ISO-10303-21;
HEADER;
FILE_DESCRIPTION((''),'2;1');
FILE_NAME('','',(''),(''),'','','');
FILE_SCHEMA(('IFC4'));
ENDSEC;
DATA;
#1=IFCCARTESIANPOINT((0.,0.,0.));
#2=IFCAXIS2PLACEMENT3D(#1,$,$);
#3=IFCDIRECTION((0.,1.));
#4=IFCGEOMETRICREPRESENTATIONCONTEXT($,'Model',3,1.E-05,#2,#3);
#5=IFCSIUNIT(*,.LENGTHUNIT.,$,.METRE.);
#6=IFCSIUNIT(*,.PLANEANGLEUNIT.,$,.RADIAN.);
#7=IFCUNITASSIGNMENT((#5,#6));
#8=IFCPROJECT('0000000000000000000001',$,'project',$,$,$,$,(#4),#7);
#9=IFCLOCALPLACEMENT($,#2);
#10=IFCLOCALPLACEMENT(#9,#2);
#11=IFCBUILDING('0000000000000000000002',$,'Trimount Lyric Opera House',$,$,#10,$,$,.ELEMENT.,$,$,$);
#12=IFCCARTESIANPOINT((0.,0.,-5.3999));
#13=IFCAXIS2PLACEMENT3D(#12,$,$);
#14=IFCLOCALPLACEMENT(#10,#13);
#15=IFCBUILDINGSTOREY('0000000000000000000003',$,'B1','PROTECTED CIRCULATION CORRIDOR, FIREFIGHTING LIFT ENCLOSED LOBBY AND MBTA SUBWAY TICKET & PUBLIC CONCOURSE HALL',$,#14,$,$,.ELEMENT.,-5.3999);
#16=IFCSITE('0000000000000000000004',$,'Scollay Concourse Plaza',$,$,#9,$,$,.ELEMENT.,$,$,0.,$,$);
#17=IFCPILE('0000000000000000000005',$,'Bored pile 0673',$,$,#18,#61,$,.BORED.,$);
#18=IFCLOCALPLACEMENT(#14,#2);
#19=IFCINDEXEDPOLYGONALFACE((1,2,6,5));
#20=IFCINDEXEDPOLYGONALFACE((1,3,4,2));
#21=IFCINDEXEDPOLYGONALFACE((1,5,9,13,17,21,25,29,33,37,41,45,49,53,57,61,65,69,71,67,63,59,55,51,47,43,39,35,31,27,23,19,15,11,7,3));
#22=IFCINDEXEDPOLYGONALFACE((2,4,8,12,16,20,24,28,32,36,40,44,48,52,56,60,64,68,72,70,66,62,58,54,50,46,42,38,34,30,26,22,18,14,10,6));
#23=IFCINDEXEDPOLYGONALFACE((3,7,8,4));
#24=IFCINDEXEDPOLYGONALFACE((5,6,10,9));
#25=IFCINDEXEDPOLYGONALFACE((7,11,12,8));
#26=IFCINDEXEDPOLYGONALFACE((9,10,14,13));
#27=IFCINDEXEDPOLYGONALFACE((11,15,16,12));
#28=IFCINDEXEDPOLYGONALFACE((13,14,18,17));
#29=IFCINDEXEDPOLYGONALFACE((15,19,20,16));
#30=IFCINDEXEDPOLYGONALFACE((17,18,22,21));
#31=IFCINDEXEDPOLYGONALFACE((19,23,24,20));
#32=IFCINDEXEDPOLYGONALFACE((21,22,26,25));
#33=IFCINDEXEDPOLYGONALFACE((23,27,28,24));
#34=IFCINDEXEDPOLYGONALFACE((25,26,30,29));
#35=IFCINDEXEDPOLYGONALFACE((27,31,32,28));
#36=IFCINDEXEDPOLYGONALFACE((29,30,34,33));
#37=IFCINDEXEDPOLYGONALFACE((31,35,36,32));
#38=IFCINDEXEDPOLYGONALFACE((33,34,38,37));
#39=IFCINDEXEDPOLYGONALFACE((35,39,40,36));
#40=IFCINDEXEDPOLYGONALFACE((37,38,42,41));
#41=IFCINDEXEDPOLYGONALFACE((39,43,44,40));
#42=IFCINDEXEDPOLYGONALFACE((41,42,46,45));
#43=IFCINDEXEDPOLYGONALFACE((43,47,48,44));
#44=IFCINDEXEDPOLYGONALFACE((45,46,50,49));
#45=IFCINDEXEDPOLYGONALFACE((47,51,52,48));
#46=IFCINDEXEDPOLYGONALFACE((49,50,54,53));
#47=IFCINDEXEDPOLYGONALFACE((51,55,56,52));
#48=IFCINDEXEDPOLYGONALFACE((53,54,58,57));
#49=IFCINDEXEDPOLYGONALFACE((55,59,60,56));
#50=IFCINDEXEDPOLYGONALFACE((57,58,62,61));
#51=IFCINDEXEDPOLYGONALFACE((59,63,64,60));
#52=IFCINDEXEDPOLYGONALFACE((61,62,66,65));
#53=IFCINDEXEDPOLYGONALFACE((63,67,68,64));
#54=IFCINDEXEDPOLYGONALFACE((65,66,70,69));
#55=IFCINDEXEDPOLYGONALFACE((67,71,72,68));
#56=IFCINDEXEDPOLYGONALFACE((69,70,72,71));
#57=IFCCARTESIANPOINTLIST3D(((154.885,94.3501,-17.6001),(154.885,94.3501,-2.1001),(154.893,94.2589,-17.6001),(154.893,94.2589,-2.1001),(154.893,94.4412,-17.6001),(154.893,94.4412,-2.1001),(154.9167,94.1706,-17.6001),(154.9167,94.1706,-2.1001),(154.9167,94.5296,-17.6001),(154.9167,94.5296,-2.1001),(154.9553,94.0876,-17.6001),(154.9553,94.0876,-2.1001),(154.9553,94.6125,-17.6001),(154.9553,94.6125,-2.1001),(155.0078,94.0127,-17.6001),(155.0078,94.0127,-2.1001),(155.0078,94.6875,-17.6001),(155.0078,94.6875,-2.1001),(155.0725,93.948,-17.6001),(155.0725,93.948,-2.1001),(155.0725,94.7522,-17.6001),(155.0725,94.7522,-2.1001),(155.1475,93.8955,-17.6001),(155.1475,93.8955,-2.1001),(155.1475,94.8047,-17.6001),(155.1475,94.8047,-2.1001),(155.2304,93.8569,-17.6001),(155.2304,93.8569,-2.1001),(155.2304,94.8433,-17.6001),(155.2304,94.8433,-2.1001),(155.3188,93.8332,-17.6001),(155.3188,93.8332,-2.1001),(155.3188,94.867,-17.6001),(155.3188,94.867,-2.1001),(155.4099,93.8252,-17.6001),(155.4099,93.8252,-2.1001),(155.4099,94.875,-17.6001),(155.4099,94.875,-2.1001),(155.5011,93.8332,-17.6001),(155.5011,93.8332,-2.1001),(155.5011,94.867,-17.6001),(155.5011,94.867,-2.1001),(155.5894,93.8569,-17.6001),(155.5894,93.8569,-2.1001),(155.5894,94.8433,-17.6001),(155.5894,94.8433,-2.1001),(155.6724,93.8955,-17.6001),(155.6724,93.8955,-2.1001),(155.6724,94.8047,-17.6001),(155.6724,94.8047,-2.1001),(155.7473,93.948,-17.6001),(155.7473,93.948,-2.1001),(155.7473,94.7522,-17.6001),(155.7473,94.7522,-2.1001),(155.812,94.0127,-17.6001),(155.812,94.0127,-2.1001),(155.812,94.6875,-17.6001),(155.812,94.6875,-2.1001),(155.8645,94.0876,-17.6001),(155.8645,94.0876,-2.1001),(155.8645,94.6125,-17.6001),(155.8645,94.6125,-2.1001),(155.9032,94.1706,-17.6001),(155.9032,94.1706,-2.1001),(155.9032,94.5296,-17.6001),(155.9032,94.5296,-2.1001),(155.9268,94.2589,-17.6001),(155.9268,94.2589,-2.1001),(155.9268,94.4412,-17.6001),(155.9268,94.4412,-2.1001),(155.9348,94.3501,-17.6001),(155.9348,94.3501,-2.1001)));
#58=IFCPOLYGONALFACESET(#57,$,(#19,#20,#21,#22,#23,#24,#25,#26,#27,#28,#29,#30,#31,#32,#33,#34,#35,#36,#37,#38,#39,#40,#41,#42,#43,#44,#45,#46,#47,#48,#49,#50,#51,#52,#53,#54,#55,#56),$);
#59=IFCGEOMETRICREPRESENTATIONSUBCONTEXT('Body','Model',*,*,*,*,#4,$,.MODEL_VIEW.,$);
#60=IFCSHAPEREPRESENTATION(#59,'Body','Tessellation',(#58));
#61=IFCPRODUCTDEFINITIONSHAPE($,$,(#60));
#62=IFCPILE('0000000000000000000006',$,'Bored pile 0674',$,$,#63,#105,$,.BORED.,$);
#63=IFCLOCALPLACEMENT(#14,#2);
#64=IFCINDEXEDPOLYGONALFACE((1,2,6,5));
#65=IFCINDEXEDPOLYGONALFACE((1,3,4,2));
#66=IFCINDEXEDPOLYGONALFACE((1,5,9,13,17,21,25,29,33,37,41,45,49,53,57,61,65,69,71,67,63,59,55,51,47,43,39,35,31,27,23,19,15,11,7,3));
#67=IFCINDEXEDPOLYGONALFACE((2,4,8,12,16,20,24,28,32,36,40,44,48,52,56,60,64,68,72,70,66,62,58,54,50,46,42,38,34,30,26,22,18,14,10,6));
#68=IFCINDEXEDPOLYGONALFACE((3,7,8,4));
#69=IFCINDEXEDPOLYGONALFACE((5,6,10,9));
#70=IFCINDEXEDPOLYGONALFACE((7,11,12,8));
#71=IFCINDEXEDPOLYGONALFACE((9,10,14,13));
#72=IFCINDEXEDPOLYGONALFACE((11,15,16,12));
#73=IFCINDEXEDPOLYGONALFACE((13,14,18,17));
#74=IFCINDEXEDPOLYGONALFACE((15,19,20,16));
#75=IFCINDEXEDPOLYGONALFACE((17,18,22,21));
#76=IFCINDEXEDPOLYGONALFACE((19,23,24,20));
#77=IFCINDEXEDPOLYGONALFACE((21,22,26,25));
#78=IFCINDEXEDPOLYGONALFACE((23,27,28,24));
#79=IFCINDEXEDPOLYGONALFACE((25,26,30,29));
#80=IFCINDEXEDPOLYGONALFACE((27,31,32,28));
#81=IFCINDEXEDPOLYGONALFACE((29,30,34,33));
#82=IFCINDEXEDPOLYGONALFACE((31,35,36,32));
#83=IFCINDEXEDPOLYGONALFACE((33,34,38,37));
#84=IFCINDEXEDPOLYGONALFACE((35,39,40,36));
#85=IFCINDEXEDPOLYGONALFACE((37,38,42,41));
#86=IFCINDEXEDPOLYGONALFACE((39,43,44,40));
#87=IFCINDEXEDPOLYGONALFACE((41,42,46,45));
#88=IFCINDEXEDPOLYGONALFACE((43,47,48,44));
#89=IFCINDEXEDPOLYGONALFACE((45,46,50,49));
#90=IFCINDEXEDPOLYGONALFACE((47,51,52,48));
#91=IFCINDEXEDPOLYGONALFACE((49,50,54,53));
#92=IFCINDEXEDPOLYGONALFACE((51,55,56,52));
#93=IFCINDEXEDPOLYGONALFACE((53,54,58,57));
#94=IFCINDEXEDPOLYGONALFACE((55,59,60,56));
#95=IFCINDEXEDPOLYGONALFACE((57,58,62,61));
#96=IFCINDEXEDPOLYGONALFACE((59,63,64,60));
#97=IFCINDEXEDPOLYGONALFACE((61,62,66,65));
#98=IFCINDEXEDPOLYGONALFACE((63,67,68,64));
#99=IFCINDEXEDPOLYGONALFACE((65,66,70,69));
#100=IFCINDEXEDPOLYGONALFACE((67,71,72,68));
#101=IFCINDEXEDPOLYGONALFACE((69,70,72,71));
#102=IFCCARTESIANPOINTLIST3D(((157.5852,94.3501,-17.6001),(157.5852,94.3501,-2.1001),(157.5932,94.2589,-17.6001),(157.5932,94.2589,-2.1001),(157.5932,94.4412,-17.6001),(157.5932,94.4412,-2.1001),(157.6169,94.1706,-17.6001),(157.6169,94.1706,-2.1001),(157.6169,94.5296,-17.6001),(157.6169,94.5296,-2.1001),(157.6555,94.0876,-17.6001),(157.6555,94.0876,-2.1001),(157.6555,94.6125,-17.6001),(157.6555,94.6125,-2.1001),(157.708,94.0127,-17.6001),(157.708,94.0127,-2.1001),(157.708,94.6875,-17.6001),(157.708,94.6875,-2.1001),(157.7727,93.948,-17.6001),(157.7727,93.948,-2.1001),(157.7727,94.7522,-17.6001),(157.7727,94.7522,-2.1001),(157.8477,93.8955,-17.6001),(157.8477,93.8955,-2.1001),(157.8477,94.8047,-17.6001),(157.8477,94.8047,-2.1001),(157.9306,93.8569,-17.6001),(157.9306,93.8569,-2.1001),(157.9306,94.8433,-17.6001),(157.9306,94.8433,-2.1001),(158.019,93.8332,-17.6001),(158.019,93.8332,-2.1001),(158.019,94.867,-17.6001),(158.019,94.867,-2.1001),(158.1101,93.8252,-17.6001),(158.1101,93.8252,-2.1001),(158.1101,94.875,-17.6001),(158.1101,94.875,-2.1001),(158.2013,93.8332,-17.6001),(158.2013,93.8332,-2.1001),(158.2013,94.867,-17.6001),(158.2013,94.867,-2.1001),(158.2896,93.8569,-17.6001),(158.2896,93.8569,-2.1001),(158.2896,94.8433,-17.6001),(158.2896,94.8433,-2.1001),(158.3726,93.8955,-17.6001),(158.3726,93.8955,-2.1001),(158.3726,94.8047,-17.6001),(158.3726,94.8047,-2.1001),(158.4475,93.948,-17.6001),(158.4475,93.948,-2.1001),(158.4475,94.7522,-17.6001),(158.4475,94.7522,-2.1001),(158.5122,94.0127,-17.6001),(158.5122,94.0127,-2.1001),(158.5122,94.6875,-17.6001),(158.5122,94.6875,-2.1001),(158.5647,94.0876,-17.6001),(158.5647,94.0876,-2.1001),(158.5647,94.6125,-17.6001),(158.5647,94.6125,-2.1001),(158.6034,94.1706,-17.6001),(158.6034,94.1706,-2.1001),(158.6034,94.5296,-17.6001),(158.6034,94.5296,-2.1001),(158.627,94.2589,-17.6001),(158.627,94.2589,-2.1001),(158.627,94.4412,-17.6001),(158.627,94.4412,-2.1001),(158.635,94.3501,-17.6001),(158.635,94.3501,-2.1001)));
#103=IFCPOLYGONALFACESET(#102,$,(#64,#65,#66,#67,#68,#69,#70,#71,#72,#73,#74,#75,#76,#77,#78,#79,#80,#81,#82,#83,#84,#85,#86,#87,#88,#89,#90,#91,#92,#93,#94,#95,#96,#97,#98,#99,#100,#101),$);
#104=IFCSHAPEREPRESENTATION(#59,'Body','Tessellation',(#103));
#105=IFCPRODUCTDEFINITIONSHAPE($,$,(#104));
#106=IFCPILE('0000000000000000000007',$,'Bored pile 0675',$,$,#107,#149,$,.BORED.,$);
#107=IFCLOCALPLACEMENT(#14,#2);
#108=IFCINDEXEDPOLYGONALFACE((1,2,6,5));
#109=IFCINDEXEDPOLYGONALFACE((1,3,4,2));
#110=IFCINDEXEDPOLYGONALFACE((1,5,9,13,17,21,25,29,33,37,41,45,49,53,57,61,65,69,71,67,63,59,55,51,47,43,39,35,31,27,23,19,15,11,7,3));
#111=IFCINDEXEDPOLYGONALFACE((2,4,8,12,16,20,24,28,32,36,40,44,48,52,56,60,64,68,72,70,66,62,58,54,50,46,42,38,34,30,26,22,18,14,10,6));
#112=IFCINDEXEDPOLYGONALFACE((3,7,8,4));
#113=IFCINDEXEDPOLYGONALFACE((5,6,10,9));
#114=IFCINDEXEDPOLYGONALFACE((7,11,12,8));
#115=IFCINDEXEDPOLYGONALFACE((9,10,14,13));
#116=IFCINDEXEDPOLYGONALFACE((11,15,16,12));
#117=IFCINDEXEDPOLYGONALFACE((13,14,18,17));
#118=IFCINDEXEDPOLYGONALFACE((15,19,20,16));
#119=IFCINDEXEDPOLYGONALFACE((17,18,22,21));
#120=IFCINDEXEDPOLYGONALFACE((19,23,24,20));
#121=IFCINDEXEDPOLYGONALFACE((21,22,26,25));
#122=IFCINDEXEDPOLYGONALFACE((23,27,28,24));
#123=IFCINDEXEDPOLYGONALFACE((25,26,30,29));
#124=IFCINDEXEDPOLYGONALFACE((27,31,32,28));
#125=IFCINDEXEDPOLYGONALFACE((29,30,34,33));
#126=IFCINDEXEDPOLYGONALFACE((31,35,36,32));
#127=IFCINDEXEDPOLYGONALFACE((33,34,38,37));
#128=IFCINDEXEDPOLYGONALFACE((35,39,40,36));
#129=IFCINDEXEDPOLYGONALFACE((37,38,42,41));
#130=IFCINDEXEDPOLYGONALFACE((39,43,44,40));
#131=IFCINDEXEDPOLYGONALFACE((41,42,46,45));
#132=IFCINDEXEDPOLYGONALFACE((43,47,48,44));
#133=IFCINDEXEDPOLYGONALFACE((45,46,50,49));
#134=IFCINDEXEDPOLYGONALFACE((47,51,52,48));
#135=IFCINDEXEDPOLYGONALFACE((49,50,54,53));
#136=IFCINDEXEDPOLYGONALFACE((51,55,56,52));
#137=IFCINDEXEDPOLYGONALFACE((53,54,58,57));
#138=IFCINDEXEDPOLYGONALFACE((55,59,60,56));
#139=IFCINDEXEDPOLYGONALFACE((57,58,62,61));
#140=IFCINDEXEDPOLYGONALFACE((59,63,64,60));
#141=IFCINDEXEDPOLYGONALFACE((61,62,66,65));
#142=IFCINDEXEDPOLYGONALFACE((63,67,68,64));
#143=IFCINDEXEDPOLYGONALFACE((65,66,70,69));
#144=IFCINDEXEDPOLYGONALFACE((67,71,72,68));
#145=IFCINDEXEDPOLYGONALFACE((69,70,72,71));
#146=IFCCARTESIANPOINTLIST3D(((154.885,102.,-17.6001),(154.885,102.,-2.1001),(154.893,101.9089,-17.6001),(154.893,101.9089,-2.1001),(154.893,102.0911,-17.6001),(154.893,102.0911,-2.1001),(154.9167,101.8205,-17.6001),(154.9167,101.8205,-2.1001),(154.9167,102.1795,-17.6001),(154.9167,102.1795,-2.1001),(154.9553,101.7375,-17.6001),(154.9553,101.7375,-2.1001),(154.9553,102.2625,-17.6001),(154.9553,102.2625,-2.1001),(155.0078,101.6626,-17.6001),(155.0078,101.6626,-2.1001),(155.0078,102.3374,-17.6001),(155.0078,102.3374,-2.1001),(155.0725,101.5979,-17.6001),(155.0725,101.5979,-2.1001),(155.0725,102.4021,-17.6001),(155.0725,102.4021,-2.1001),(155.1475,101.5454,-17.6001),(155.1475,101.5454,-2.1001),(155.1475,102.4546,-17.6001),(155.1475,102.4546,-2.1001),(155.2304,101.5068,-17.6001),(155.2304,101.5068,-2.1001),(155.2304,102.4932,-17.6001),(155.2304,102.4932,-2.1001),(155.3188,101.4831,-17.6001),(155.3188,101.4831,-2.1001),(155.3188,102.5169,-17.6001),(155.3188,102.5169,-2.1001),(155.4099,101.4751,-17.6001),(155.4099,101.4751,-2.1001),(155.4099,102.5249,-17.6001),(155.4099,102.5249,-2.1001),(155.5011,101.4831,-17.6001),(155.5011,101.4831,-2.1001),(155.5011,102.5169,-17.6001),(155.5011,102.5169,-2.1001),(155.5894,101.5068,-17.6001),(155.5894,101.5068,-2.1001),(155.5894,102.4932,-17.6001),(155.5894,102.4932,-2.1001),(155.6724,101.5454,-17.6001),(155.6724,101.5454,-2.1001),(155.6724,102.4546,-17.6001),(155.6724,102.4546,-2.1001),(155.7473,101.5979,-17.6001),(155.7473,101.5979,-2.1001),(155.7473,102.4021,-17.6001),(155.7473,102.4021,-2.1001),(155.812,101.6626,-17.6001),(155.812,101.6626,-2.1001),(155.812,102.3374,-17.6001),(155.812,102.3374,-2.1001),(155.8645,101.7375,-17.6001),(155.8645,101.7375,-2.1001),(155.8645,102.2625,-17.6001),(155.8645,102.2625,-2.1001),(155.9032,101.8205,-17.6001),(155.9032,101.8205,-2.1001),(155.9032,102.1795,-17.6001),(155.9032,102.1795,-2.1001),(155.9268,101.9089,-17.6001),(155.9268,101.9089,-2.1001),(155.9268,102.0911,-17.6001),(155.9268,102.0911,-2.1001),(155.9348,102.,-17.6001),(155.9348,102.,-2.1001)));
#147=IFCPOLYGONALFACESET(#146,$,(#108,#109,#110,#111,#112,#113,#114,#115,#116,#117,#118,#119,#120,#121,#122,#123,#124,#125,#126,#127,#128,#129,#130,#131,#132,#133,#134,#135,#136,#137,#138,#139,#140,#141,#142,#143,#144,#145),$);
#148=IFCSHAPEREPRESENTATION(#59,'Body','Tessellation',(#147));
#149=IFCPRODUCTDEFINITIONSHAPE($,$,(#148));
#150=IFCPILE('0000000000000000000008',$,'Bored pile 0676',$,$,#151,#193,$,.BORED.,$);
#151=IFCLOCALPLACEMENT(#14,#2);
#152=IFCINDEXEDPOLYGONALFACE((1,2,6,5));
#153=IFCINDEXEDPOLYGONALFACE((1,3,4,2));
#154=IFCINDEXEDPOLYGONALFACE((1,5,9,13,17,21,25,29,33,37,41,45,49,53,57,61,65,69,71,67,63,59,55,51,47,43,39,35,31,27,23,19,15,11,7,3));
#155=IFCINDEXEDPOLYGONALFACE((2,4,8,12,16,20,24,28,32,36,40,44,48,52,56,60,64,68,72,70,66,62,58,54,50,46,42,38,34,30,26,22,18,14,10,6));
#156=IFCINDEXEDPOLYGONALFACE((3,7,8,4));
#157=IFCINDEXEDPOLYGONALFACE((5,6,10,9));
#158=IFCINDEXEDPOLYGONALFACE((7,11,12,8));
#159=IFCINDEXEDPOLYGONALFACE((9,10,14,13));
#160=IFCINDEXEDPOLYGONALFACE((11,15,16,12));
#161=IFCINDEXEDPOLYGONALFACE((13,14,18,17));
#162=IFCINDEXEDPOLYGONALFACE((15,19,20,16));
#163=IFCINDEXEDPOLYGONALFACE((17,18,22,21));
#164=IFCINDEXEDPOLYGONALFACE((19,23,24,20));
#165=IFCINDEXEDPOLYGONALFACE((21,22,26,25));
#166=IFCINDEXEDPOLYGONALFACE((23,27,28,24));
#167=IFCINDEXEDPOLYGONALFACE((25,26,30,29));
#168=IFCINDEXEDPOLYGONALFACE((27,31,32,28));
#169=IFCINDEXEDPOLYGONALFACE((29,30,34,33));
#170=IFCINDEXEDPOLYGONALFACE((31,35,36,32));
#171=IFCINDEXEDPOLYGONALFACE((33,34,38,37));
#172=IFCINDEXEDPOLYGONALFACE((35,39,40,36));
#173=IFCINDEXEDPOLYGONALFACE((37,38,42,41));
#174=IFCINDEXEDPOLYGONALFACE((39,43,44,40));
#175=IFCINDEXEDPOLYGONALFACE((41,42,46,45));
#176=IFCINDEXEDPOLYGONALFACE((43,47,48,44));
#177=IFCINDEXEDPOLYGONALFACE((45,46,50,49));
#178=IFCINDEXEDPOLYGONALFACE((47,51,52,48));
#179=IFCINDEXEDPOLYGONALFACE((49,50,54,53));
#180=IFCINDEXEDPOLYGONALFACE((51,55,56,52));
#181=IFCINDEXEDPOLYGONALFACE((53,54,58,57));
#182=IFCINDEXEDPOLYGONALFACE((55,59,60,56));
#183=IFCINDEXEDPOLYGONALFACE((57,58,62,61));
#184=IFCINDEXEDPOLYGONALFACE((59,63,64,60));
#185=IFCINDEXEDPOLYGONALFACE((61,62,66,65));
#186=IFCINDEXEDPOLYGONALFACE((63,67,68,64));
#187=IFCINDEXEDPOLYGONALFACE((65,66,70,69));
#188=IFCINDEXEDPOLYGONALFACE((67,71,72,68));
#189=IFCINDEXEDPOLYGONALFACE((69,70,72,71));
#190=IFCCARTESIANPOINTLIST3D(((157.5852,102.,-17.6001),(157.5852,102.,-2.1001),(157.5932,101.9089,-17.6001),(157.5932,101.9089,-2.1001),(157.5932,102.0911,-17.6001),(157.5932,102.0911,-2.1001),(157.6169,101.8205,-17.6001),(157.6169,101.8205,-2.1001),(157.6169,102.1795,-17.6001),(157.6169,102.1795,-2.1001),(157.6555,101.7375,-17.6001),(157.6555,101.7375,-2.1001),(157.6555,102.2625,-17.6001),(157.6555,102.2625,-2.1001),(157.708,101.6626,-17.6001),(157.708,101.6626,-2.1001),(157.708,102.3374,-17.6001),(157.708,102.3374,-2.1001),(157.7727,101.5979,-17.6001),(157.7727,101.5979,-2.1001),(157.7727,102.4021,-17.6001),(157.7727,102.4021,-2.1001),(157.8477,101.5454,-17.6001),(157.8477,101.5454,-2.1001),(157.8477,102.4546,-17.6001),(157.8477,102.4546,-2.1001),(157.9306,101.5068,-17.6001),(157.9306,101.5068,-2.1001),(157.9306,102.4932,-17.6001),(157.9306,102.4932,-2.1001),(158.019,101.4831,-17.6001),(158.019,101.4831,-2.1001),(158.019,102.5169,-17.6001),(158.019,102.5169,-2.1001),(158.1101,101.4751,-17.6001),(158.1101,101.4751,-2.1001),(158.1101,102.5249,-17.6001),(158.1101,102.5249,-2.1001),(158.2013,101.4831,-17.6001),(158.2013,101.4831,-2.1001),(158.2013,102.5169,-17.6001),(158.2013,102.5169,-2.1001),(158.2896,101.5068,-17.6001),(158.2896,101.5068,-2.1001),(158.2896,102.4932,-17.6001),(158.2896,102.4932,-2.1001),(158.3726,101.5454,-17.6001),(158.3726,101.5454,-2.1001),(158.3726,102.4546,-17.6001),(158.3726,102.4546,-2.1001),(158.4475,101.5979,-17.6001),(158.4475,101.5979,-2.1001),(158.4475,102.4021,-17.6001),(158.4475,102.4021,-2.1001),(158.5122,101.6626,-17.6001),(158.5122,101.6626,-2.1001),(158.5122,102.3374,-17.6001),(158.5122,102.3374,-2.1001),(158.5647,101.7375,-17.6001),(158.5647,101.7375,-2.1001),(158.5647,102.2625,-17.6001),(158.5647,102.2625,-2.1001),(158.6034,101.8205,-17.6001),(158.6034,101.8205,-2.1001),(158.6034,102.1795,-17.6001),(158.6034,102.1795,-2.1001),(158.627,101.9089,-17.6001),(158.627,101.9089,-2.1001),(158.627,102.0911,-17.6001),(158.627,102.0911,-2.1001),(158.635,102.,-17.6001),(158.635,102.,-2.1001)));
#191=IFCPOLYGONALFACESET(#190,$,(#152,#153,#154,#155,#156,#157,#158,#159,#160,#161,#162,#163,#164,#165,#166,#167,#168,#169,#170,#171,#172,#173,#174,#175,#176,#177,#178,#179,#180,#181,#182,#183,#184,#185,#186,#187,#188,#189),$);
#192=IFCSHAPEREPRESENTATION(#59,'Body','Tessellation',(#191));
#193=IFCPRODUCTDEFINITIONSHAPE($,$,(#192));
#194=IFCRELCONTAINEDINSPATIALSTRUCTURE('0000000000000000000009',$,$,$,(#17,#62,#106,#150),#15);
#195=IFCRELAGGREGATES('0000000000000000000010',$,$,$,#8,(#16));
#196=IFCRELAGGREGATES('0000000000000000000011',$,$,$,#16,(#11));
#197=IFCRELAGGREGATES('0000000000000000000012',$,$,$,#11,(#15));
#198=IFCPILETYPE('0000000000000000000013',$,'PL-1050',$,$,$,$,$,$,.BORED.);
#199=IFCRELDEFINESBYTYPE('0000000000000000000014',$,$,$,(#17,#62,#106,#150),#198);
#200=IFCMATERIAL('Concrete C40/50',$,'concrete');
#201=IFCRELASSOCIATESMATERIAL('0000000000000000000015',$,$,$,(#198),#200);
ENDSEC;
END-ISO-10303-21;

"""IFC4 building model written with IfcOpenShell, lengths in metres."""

from ifc_helpers import new_model, si_unit, direction, frame, origin, origin_2d, place, context, subcontext, project, spatial, circle, extrude, material, material_profile, profile_set, type_object, element, save


model = new_model("IFC4")

# Units and contexts
model_context = context("Model", 3, precision=1e-05, world=origin(), true_north=direction((0.0, 1.0)))
body_context = subcontext(model_context, "Body", "Model", "MODEL_VIEW")
ifc_project = project(units=[si_unit("LENGTHUNIT", "METRE"), si_unit("PLANEANGLEUNIT", "RADIAN")], contexts=[model_context])

# Site, building, storey
site_placement = place(None, origin())
site = spatial("IfcSite", under=ifc_project, at=site_placement, Name="Scollay Concourse Plaza", CompositionType="ELEMENT", RefElevation=0.0)
building_placement = place(site_placement, origin())
building = spatial("IfcBuilding", under=site, at=building_placement, Name="Trimount Lyric Opera House", CompositionType="ELEMENT")
storey_placement = place(building_placement, frame((0.0, 0.0, -5.3999)))
storey = spatial("IfcBuildingStorey", under=building, at=storey_placement, Name="B1", Description="PROTECTED CIRCULATION CORRIDOR, FIREFIGHTING LIFT ENCLOSED LOBBY AND MBTA SUBWAY TICKET & PUBLIC CONCOURSE HALL", CompositionType="ELEMENT", Elevation=-5.3999)

# Piles
ifc_material_1 = material(Name="Concrete C40/50", Category="concrete")
ifc_material_profile_1 = material_profile(ifc_material_1, circle(Radius=0.5249, at=origin_2d()), Name="PILE-D1050")
ifc_profile_set_1 = profile_set([ifc_material_profile_1], Name="Concrete C40/50")
pile_type_1 = type_object("IfcPileType", Name="PL-1050", PredefinedType="BORED", material=ifc_profile_set_1)
for number, where, z_axis, x_axis, name in (
    (1, (155.4099, 94.3501, -2.1001), (0.0, 0.0, -1.0), (1.0, 0.0, 0.0), "Bored pile 0673"),
    (2, (158.1101, 94.3501, -2.1001), (0.0, 0.0, -1.0), (1.0, 0.0, 0.0), "Bored pile 0674"),
    (3, (155.4099, 102.0, -2.1001), (0.0, 0.0, -1.0), (1.0, 0.0, 0.0), "Bored pile 0675"),
    (4, (158.1101, 102.0, -2.1001), (0.0, 0.0, -1.0), (1.0, 0.0, 0.0), "Bored pile 0676"),
):
    element("IfcPile", number, at=place(storey_placement, frame(where, z_axis=z_axis, x_axis=x_axis)), inside=storey, type_object=pile_type_1, Name=name, PredefinedType="BORED", context=body_context, shape_type="SweptSolid", body=[
        extrude(circle(Radius=0.5249, at=origin_2d()), origin(), (0.0, 0.0, 1.0), 15.5),
    ])

save(model, "model.ifc")
